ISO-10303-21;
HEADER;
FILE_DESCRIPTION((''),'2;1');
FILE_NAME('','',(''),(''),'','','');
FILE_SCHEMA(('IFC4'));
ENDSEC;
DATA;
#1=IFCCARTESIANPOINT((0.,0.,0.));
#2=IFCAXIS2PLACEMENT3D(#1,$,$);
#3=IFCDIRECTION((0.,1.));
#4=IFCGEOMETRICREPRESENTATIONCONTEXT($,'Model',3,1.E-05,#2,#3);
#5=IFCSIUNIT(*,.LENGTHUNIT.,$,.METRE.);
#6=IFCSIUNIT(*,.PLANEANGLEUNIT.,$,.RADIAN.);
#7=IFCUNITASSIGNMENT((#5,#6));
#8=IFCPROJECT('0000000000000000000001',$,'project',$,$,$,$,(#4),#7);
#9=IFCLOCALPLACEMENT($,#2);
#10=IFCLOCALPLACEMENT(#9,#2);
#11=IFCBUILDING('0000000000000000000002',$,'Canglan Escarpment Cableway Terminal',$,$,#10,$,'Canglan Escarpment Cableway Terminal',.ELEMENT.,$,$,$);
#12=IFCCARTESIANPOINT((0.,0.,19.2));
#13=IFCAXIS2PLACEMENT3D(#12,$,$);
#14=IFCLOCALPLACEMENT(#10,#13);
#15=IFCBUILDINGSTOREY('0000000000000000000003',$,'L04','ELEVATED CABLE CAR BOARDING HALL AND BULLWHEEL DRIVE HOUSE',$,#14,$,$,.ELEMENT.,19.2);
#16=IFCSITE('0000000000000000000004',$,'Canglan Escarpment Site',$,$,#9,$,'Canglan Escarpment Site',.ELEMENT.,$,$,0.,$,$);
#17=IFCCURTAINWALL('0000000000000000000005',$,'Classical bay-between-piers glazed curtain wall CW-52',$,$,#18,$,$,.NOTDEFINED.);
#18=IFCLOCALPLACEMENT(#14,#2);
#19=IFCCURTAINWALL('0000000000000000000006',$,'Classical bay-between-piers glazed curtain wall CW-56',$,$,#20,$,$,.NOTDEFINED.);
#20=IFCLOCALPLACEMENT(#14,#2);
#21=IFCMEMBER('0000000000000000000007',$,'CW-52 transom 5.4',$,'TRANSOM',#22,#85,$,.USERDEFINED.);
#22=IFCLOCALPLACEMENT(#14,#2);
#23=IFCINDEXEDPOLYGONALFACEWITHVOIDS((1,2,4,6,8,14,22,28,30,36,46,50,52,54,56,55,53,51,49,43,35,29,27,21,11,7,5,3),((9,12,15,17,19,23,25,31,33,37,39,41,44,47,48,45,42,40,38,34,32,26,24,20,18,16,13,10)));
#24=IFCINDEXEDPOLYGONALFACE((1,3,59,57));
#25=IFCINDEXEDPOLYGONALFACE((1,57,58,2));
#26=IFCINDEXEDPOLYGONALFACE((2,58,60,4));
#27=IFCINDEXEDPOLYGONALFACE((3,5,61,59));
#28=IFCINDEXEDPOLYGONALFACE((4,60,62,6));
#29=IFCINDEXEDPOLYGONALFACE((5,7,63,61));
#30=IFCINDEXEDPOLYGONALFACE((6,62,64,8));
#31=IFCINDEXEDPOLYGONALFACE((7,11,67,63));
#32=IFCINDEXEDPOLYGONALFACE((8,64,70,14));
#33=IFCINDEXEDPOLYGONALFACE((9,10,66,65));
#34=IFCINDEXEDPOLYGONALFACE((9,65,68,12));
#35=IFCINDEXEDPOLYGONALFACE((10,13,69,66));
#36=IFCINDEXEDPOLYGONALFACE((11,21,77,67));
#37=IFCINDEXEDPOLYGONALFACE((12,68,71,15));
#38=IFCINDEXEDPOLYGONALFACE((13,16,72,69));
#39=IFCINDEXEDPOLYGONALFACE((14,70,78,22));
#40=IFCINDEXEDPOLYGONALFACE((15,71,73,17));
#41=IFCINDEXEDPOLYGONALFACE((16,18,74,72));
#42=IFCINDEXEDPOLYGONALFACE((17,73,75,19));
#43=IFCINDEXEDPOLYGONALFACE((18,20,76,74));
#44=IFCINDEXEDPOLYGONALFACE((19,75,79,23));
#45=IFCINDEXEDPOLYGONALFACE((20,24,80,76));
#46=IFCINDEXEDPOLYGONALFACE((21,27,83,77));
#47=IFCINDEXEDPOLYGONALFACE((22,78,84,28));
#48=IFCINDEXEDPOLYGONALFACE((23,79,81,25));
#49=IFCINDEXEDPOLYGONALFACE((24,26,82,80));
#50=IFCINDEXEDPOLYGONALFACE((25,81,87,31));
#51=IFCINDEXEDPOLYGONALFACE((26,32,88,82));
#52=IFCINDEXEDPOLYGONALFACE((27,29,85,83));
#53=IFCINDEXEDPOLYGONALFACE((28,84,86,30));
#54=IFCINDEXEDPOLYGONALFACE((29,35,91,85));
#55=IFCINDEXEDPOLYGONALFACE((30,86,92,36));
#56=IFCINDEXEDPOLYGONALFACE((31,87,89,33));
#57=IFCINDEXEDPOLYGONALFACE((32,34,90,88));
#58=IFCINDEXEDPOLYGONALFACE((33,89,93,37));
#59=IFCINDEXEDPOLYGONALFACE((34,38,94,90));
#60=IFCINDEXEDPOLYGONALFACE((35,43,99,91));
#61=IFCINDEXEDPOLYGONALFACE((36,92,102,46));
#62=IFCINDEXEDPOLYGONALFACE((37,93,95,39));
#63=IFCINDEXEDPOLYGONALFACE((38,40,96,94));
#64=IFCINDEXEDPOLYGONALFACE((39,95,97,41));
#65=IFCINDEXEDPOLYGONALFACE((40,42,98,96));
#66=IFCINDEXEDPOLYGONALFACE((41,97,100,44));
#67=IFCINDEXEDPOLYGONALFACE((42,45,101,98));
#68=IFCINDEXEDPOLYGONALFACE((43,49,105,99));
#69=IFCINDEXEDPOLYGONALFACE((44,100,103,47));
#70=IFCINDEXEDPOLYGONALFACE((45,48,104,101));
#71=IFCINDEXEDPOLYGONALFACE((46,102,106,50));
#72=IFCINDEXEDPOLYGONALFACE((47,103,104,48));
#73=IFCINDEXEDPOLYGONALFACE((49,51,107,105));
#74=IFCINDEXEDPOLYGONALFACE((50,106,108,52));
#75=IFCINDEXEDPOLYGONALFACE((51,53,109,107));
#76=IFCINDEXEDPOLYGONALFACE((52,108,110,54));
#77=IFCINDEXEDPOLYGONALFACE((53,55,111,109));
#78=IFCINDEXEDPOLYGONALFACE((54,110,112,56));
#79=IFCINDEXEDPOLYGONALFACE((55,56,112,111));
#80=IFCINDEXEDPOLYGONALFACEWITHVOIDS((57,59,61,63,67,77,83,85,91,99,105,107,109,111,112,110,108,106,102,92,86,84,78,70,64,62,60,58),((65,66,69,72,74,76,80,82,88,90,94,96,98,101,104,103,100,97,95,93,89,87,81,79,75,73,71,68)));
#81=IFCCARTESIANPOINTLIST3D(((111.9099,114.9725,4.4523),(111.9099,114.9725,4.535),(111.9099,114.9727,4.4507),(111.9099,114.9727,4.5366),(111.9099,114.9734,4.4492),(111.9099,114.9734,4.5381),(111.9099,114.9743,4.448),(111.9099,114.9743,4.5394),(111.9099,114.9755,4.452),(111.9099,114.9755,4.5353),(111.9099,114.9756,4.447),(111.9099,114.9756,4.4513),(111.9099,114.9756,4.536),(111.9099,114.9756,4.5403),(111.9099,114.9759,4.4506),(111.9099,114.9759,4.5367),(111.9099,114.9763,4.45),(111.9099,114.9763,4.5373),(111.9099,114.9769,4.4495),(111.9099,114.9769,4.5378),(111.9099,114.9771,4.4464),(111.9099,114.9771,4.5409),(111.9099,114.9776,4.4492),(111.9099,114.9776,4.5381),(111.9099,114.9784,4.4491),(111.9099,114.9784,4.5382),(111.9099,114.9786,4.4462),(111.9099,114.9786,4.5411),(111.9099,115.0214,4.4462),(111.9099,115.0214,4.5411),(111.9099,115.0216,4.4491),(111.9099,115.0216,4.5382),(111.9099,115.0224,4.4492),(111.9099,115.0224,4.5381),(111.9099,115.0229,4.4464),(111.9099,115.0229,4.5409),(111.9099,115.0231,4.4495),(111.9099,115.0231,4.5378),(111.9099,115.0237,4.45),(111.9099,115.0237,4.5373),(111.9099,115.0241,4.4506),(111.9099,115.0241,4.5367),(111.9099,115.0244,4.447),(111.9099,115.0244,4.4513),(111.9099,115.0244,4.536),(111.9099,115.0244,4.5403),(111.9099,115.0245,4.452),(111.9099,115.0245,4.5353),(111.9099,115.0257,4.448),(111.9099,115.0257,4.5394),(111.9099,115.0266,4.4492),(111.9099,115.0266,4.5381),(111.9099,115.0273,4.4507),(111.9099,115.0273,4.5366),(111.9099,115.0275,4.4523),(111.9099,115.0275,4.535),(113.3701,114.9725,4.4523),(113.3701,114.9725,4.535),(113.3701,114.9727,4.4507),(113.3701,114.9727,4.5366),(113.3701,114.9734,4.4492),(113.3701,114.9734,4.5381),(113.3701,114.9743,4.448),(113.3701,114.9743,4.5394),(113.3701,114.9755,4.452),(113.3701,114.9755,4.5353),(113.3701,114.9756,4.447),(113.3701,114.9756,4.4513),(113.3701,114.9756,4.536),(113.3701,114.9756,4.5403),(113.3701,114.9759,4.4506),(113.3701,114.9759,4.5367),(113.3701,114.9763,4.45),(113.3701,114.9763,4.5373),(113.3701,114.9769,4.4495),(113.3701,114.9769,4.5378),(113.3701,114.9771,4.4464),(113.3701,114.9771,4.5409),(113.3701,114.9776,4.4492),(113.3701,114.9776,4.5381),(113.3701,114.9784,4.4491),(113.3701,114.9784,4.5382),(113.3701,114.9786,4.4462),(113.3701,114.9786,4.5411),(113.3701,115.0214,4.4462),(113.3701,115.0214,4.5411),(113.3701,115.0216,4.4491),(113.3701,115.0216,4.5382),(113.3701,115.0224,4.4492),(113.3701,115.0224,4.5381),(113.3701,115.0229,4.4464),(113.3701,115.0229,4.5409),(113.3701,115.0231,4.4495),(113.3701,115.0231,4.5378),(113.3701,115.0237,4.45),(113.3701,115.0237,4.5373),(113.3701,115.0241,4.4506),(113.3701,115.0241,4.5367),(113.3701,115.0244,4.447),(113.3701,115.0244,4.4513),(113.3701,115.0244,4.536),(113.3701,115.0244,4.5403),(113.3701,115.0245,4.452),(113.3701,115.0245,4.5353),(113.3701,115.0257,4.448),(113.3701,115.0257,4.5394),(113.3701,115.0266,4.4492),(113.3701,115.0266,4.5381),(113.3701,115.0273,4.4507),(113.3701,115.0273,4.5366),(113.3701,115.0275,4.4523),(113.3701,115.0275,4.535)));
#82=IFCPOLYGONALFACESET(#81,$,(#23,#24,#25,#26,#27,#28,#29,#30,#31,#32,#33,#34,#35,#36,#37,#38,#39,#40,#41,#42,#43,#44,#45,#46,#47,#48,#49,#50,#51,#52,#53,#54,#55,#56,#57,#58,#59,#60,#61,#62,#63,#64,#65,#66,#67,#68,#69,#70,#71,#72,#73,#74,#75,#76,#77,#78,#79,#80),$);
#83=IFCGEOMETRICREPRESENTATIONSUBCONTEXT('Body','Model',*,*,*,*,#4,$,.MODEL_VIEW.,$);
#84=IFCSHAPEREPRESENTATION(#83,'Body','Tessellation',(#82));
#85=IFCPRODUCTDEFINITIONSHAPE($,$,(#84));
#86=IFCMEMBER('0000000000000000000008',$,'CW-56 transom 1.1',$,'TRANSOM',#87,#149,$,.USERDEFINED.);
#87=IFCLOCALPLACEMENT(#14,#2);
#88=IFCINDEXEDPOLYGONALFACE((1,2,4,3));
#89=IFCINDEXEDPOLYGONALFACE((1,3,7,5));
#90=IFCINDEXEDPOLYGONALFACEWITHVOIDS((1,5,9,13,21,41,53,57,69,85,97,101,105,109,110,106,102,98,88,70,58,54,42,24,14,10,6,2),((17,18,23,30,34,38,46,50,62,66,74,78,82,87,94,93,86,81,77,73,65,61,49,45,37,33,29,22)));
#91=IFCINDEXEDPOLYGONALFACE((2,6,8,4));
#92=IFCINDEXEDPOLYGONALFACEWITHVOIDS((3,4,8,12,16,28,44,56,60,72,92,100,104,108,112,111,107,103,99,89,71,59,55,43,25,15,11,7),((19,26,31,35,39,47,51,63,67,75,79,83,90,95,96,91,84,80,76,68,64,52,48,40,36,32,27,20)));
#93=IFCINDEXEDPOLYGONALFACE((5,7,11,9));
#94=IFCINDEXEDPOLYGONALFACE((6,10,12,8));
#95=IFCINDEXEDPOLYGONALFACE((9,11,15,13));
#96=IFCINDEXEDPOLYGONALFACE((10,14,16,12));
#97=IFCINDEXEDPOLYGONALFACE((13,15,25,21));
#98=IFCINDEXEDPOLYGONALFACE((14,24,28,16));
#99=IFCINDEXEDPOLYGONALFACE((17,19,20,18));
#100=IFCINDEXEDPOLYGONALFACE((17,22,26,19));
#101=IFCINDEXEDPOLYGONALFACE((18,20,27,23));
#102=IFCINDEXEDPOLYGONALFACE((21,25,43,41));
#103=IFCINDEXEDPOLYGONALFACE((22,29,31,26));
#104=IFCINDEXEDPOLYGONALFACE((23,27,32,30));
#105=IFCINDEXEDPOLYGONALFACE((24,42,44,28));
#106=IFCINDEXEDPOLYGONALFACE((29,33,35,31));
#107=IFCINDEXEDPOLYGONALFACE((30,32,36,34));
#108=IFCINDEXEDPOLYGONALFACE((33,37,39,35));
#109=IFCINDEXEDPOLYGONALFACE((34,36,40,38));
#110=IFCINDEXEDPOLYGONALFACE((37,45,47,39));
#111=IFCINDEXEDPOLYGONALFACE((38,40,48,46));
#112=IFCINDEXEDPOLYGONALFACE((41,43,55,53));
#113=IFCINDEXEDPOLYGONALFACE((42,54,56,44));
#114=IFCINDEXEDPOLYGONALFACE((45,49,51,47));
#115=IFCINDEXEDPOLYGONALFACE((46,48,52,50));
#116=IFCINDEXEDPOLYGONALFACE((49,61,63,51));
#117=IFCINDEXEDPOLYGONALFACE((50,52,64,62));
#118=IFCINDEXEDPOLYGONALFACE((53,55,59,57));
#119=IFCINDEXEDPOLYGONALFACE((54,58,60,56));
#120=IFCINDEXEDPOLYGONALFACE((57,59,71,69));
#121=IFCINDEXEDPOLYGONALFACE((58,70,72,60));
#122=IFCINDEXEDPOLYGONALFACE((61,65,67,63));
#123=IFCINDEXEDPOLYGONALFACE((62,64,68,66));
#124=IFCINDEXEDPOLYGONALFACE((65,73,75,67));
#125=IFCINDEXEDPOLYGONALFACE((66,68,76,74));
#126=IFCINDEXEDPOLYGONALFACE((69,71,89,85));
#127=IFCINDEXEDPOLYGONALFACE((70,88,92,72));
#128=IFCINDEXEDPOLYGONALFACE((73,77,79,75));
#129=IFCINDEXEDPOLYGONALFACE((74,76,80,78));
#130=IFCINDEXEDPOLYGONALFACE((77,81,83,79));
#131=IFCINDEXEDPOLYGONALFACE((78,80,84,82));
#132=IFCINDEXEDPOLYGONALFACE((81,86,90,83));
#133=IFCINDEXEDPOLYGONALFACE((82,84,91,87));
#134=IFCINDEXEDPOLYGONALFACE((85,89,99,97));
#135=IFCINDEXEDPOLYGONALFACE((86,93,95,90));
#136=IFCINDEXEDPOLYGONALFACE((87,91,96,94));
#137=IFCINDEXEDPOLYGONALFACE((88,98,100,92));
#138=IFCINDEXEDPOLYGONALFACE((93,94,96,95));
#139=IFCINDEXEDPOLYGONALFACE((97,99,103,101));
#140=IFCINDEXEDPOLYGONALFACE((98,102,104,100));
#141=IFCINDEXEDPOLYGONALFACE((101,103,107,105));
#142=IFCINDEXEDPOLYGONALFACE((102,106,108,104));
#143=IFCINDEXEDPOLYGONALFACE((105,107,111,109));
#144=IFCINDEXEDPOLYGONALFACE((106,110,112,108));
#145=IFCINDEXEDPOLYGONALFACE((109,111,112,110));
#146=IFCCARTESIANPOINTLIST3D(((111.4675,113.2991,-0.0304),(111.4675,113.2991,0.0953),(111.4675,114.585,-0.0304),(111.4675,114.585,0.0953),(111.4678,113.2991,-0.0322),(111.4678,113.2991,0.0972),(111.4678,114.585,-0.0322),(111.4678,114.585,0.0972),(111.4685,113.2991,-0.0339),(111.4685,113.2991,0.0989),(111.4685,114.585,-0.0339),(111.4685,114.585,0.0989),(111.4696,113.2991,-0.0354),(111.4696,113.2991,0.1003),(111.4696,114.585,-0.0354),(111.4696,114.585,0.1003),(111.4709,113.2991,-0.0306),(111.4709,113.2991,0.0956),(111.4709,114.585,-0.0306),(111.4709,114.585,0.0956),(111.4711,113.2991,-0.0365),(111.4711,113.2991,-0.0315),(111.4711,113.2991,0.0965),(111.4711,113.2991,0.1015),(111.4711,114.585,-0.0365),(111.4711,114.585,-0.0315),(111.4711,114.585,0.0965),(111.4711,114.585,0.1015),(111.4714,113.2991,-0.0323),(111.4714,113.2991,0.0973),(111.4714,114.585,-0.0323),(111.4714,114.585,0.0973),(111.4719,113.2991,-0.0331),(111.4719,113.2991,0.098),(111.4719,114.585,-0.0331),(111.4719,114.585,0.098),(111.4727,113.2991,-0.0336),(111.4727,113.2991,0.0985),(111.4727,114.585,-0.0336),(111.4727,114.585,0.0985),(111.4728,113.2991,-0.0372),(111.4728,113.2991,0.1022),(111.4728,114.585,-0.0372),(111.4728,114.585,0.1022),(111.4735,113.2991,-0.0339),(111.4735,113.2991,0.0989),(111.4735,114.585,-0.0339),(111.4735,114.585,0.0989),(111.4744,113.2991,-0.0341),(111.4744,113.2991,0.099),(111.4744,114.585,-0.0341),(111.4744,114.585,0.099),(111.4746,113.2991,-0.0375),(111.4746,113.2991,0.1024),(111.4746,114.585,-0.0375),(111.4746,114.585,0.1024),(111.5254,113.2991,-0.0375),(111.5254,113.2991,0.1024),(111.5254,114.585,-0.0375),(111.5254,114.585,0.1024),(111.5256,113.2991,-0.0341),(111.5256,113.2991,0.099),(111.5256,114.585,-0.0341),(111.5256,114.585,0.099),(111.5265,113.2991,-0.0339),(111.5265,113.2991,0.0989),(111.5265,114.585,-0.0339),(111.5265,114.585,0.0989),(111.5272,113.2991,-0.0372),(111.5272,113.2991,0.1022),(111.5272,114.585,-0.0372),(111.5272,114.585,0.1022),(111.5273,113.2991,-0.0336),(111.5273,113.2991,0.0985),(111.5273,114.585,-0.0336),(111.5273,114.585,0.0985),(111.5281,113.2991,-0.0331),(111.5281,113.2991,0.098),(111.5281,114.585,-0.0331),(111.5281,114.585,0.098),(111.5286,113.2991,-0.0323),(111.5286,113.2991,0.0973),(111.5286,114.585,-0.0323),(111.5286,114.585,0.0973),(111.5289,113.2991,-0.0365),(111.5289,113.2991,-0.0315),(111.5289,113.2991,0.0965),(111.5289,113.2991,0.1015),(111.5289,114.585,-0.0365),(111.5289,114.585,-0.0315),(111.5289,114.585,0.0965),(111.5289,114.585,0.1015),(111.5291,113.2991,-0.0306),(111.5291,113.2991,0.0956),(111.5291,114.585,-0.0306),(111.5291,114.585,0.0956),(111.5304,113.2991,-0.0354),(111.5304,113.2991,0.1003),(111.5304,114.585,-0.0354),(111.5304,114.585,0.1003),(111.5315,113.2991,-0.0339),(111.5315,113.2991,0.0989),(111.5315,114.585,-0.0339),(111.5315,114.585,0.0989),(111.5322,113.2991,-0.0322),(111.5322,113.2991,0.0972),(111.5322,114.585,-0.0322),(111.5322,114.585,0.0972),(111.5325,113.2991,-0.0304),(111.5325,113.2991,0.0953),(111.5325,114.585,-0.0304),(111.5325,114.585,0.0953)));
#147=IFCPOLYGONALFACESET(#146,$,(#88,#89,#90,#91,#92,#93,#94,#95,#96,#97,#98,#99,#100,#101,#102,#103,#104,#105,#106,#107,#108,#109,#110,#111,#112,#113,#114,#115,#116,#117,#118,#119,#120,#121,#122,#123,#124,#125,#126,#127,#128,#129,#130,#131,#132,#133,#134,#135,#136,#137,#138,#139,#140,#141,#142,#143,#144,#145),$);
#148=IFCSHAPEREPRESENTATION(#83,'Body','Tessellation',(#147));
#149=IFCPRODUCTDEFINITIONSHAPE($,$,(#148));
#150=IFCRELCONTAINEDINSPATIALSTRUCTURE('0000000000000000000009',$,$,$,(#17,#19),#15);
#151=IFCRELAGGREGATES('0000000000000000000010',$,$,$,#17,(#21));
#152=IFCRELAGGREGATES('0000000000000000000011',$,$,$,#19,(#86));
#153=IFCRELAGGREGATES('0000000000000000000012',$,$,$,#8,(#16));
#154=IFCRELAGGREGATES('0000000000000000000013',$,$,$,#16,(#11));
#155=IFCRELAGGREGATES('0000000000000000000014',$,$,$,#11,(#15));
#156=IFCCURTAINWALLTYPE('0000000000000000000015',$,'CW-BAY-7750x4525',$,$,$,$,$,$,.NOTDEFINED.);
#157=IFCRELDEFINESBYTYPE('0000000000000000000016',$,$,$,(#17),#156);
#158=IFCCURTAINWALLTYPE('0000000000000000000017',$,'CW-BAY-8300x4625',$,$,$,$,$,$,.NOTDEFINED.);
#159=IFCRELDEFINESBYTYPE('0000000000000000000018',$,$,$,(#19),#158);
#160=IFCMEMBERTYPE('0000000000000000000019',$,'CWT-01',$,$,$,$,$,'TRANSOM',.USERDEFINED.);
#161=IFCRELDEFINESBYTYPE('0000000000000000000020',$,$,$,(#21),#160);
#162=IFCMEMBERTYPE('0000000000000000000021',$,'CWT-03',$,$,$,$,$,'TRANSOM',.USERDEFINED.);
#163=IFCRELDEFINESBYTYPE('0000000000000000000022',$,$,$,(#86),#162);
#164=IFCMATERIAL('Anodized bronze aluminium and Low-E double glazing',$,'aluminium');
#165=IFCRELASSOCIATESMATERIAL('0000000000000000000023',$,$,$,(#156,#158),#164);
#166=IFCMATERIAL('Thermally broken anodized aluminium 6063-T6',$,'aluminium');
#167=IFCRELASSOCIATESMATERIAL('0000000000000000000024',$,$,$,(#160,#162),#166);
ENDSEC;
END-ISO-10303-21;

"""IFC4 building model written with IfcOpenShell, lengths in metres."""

from ifc_helpers import new_model, si_unit, direction, frame, origin, origin_2d, place, context, subcontext, project, spatial, hollow_rectangle, extrude, material, material_profile, profile_set, type_object, element, aggregate, save


model = new_model("IFC4")

# Units and contexts
model_context = context("Model", 3, precision=1e-05, world=origin(), true_north=direction((0.0, 1.0)))
body_context = subcontext(model_context, "Body", "Model", "MODEL_VIEW")
ifc_project = project(units=[si_unit("LENGTHUNIT", "METRE"), si_unit("PLANEANGLEUNIT", "RADIAN")], contexts=[model_context])

# Site, building, storey
site_placement = place(None, origin())
site = spatial("IfcSite", under=ifc_project, at=site_placement, Name="Canglan Escarpment Site", LongName="Canglan Escarpment Site", CompositionType="ELEMENT", RefElevation=0.0)
building_placement = place(site_placement, origin())
building = spatial("IfcBuilding", under=site, at=building_placement, Name="Canglan Escarpment Cableway Terminal", LongName="Canglan Escarpment Cableway Terminal", CompositionType="ELEMENT")
storey_placement = place(building_placement, frame((0.0, 0.0, 19.2)))
storey = spatial("IfcBuildingStorey", under=building, at=storey_placement, Name="L04", Description="ELEVATED CABLE CAR BOARDING HALL AND BULLWHEEL DRIVE HOUSE", CompositionType="ELEMENT", Elevation=19.2)

# Curtain walls
ifc_material_1 = material(Name="Anodized bronze aluminium and Low-E double glazing", Category="aluminium")
curtain_wall_type_1 = type_object("IfcCurtainWallType", Name="CW-BAY-7750x4525", PredefinedType="NOTDEFINED", material=ifc_material_1)
curtain_wall_1_placement = place(storey_placement, origin())
curtain_wall_1 = element("IfcCurtainWall", 1, at=curtain_wall_1_placement, inside=storey, type_object=curtain_wall_type_1, Name="Classical bay-between-piers glazed curtain wall CW-52", PredefinedType="NOTDEFINED")
ifc_material_2 = material(Name="Thermally broken anodized aluminium 6063-T6", Category="aluminium")
curtain_wall_type_2 = type_object("IfcCurtainWallType", Name="CW-BAY-8300x4625", PredefinedType="NOTDEFINED", material=ifc_material_1)
curtain_wall_2_placement = place(storey_placement, origin())
curtain_wall_2 = element("IfcCurtainWall", 2, at=curtain_wall_2_placement, inside=storey, type_object=curtain_wall_type_2, Name="Classical bay-between-piers glazed curtain wall CW-56", PredefinedType="NOTDEFINED")

# Members
ifc_material_profile_1 = material_profile(ifc_material_2, hollow_rectangle(XDim=0.0549, YDim=0.095, WallThickness=0.0029, InnerFilletRadius=0.0029, OuterFilletRadius=0.0061, at=origin_2d()), Name="ALU-TRAN 55x95x3")
ifc_profile_set_1 = profile_set([ifc_material_profile_1], Name="Thermally broken anodized aluminium 6063-T6")
member_type_1 = type_object("IfcMemberType", Name="CWT-01", ElementType="TRANSOM", PredefinedType="USERDEFINED", material=ifc_profile_set_1)
member_1_placement = place(storey_placement, frame((113.3701, 115.0, 4.4937), z_axis=(-1.0, 0.0, 0.0), x_axis=(0.0, -1.0, 0.0)))
member_1 = element("IfcMember", 3, at=member_1_placement, type_object=member_type_1, Name="CW-52 transom 5.4", ObjectType="TRANSOM", PredefinedType="USERDEFINED", context=body_context, shape_type="SweptSolid", body=[
    extrude(hollow_rectangle(XDim=0.0549, YDim=0.095, WallThickness=0.0029, InnerFilletRadius=0.0029, OuterFilletRadius=0.0061, at=origin_2d()), origin(), (0.0, 0.0, 1.0), 1.4602),
])
ifc_material_profile_2 = material_profile(ifc_material_2, hollow_rectangle(XDim=0.0649, YDim=0.1399, WallThickness=0.0034, InnerFilletRadius=0.0034, OuterFilletRadius=0.0071, at=origin_2d()), Name="ALU-TRAN 65x140x3.5")
ifc_profile_set_2 = profile_set([ifc_material_profile_2], Name="Thermally broken anodized aluminium 6063-T6")
member_type_2 = type_object("IfcMemberType", Name="CWT-03", ElementType="TRANSOM", PredefinedType="USERDEFINED", material=ifc_profile_set_2)
member_2_placement = place(storey_placement, frame((111.5, 114.585, 0.0325), z_axis=(0.0, -1.0, 0.0), x_axis=(1.0, 0.0, 0.0)))
member_2 = element("IfcMember", 4, at=member_2_placement, type_object=member_type_2, Name="CW-56 transom 1.1", ObjectType="TRANSOM", PredefinedType="USERDEFINED", context=body_context, shape_type="SweptSolid", body=[
    extrude(hollow_rectangle(XDim=0.0649, YDim=0.1399, WallThickness=0.0034, InnerFilletRadius=0.0034, OuterFilletRadius=0.0071, at=origin_2d()), origin(), (0.0, 0.0, 1.0), 1.2859),
])

aggregate(curtain_wall_1, [member_1])
aggregate(curtain_wall_2, [member_2])

save(model, "model.ifc")
